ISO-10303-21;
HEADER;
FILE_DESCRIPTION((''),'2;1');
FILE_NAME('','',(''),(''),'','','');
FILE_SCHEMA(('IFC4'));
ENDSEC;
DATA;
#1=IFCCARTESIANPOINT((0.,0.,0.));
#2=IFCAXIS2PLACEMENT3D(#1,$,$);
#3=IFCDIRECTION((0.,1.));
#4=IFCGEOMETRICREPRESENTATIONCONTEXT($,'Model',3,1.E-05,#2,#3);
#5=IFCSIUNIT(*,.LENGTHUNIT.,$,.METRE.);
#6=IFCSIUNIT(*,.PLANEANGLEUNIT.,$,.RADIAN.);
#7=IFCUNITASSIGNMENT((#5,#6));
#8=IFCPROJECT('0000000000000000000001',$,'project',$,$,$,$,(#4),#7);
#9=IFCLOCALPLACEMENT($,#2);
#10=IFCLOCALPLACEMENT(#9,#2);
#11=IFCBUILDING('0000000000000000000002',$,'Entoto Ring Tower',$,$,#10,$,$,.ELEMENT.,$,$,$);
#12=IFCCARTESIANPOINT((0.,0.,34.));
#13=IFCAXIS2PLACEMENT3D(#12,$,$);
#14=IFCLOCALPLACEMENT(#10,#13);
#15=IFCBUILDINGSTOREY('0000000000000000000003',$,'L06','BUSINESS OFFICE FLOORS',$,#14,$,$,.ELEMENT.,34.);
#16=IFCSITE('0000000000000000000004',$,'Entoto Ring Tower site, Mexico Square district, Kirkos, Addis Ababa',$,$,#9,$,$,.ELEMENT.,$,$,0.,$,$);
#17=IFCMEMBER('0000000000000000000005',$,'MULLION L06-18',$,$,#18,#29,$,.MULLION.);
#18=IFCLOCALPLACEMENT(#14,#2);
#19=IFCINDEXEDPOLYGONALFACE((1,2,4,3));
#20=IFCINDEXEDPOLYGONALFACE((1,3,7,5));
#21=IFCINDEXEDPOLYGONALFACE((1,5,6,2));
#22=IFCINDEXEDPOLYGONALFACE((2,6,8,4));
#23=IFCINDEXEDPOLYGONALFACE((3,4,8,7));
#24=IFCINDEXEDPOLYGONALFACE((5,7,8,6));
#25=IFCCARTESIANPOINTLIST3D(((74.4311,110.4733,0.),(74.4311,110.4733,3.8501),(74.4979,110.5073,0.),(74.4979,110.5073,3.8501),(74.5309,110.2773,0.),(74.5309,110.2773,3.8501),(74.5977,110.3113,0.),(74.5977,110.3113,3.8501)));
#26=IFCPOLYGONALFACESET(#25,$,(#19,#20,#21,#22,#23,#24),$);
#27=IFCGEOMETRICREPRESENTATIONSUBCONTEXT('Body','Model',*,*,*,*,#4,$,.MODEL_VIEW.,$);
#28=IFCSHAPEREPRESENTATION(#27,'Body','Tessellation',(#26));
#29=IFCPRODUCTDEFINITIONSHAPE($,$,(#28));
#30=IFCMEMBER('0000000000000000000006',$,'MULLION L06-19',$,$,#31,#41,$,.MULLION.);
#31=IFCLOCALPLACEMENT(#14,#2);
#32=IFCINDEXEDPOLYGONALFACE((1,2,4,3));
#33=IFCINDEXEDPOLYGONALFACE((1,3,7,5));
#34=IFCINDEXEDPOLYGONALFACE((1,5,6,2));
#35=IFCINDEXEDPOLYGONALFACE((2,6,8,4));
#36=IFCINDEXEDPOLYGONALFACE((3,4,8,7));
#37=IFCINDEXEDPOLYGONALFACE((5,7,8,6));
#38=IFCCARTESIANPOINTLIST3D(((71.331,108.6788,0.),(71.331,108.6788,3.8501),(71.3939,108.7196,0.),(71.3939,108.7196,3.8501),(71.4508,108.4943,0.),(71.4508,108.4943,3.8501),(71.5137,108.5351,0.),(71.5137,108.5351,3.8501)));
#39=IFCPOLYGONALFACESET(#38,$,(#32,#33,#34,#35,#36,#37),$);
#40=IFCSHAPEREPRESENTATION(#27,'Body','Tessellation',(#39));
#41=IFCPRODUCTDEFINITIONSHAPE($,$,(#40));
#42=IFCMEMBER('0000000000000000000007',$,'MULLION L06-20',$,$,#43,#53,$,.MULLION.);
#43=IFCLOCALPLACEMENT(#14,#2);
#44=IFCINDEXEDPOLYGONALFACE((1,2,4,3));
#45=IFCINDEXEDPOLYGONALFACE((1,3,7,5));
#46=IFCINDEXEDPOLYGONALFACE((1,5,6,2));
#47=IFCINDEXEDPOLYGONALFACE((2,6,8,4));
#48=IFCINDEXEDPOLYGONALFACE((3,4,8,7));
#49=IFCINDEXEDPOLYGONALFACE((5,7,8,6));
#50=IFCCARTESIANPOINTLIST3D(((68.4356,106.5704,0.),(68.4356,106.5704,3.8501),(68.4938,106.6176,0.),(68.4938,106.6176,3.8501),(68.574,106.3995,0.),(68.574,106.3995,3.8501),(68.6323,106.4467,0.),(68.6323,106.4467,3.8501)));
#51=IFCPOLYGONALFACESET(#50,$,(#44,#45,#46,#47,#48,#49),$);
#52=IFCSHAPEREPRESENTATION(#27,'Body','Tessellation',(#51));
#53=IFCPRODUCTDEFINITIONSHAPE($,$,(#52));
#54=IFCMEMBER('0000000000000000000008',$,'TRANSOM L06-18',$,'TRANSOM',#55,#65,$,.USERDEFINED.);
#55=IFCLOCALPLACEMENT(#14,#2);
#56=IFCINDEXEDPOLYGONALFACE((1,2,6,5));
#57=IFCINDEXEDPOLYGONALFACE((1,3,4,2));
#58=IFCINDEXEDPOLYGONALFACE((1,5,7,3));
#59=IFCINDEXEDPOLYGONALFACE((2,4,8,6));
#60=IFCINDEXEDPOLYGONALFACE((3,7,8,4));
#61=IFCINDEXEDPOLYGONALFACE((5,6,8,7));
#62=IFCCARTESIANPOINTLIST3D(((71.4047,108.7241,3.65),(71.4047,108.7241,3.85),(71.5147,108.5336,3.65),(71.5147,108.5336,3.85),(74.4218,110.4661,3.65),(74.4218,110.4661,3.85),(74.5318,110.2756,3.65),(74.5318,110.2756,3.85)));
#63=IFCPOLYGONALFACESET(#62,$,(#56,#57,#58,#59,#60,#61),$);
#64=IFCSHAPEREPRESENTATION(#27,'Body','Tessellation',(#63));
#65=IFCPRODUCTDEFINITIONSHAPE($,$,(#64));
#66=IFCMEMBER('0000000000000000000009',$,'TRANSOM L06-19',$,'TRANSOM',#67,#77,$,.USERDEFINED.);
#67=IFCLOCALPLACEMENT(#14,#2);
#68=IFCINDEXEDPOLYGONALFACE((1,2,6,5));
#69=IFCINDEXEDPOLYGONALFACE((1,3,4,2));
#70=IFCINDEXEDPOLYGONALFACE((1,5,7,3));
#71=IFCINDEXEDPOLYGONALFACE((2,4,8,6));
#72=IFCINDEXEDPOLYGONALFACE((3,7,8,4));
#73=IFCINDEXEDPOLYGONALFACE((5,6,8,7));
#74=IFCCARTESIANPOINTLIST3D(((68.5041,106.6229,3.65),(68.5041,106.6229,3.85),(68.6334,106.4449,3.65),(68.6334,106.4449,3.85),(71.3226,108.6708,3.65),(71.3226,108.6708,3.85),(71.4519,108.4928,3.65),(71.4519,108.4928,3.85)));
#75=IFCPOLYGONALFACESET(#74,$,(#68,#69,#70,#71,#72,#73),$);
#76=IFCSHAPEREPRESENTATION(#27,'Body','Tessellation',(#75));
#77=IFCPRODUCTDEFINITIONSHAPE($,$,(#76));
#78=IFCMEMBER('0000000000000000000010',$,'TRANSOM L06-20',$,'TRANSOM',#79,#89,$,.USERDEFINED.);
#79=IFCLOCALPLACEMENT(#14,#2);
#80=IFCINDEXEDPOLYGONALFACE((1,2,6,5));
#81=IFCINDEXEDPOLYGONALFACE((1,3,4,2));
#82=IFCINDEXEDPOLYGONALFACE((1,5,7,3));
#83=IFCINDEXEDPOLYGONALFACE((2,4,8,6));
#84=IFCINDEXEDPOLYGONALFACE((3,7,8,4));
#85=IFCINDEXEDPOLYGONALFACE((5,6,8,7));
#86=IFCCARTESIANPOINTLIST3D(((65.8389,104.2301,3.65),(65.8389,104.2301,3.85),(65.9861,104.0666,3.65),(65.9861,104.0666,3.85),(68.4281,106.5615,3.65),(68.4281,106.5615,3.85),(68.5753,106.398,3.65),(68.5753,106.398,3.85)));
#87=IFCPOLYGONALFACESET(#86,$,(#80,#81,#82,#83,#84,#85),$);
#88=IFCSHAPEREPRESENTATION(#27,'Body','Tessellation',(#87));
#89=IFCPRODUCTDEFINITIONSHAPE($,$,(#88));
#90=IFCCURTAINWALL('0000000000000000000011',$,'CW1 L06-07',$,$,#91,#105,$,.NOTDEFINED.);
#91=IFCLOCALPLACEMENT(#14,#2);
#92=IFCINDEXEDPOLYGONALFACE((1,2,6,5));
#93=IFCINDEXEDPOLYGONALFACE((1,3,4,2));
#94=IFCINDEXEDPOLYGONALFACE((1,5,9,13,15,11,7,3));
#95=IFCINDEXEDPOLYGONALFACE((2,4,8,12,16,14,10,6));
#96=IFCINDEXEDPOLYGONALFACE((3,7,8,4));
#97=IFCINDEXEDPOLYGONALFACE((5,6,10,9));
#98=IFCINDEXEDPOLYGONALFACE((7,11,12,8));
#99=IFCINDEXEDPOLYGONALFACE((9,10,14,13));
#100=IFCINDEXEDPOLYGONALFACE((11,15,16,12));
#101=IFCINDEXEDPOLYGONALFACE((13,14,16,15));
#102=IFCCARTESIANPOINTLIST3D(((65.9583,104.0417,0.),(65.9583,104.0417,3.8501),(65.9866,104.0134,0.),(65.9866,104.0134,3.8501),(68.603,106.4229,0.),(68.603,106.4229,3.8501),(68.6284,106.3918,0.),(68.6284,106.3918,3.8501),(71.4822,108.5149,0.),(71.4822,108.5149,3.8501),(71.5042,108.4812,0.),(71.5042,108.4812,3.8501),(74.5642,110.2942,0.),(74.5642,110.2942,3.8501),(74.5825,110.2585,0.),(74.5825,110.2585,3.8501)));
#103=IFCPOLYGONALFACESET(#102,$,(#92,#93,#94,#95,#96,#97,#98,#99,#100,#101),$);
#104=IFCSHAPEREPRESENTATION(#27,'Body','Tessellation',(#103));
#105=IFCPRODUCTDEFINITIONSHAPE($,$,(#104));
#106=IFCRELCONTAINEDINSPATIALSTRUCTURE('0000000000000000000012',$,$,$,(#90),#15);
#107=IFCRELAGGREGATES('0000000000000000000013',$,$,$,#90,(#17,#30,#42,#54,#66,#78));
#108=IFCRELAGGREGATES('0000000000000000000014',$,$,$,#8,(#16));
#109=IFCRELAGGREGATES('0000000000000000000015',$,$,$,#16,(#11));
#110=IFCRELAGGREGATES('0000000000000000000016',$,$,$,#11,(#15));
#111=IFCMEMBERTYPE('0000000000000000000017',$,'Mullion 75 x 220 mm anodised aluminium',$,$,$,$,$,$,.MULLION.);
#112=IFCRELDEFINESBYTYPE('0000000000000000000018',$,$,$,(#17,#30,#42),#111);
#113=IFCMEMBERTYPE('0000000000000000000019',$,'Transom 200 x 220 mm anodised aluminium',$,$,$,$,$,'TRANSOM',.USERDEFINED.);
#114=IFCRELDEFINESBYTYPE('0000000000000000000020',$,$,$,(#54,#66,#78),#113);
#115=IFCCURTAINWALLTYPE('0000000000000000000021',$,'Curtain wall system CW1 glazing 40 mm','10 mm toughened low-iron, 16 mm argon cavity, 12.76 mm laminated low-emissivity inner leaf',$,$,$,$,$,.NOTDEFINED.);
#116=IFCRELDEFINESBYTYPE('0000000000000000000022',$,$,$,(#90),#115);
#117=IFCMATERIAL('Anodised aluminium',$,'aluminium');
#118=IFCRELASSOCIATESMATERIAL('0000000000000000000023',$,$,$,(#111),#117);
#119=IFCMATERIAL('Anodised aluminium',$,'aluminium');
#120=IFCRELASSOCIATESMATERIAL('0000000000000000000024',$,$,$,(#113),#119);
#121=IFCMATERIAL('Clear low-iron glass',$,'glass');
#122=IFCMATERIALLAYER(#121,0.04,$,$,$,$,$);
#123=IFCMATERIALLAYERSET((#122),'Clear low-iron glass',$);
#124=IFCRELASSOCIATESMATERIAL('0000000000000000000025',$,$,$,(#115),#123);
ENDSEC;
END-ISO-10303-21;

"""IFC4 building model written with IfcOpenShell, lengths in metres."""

from ifc_helpers import new_model, si_unit, direction, frame, origin, origin_2d, place, context, subcontext, project, spatial, polyline, rectangle, outline, extrude, material, layer, layer_set, material_profile, profile_set, type_object, element, aggregate, save


model = new_model("IFC4")

# Units and contexts
model_context = context("Model", 3, precision=1e-05, world=origin(), true_north=direction((0.0, 1.0)))
body_context = subcontext(model_context, "Body", "Model", "MODEL_VIEW")
ifc_project = project(units=[si_unit("LENGTHUNIT", "METRE"), si_unit("PLANEANGLEUNIT", "RADIAN")], contexts=[model_context])

# Members
ifc_material_1 = material(Name="Anodised aluminium", Category="aluminium")
ifc_material_profile_1 = material_profile(ifc_material_1, rectangle(XDim=0.075, YDim=0.22, at=origin_2d()), Name="Mullion 75 x 220 mm anodised aluminium")
ifc_profile_set_1 = profile_set([ifc_material_profile_1], Name="Anodised aluminium")
member_type_1 = type_object("IfcMemberType", Name="Mullion 75 x 220 mm anodised aluminium", PredefinedType="MULLION", material=ifc_profile_set_1)
site_placement = place(None, origin())
building_placement = place(site_placement, origin())
storey_placement = place(building_placement, frame((0.0, 0.0, 34.0)))
member_1_placement = place(storey_placement, frame((74.5144, 110.3923, 0.0), z_axis=(0.0, 0.0, 1.0), x_axis=(-0.891007, -0.45399, 0.0)))
member_1 = element("IfcMember", 1, at=member_1_placement, type_object=member_type_1, Name="MULLION L06-18", PredefinedType="MULLION", context=body_context, shape_type="SweptSolid", body=[
    extrude(rectangle(XDim=0.075, YDim=0.22, at=origin_2d()), origin(), (0.0, 0.0, 1.0), 3.8501),
])
member_2_placement = place(storey_placement, frame((71.4224, 108.6069, 0.0), z_axis=(0.0, 0.0, 1.0), x_axis=(-0.838671, -0.544639, 0.0)))
member_2 = element("IfcMember", 2, at=member_2_placement, type_object=member_type_1, Name="MULLION L06-19", PredefinedType="MULLION", context=body_context, shape_type="SweptSolid", body=[
    extrude(rectangle(XDim=0.075, YDim=0.22, at=origin_2d()), origin(), (0.0, 0.0, 1.0), 3.8501),
])
member_3_placement = place(storey_placement, frame((68.5339, 106.5085, 0.0), z_axis=(0.0, 0.0, 1.0), x_axis=(-0.777146, -0.62932, 0.0)))
member_3 = element("IfcMember", 3, at=member_3_placement, type_object=member_type_1, Name="MULLION L06-20", PredefinedType="MULLION", context=body_context, shape_type="SweptSolid", body=[
    extrude(rectangle(XDim=0.075, YDim=0.22, at=origin_2d()), origin(), (0.0, 0.0, 1.0), 3.8501),
])
ifc_material_2 = material(Name="Anodised aluminium", Category="aluminium")
ifc_material_profile_2 = material_profile(ifc_material_2, rectangle(XDim=0.22, YDim=0.2, at=origin_2d()), Name="Transom 200 x 220 mm anodised aluminium")
ifc_profile_set_2 = profile_set([ifc_material_profile_2], Name="Anodised aluminium")
member_type_2 = type_object("IfcMemberType", Name="Transom 200 x 220 mm anodised aluminium", ElementType="TRANSOM", PredefinedType="USERDEFINED", material=ifc_profile_set_2)
member_4_placement = place(storey_placement, frame((74.4768, 110.3708, 3.75), z_axis=(-0.866022, -0.500006, 0.0), x_axis=(0.500006, -0.866022, 0.0)))
member_4 = element("IfcMember", 4, at=member_4_placement, type_object=member_type_2, Name="TRANSOM L06-18", ObjectType="TRANSOM", PredefinedType="USERDEFINED", context=body_context, shape_type="SweptSolid", body=[
    extrude(rectangle(XDim=0.22, YDim=0.2, at=origin_2d()), origin(), (0.0, 0.0, 1.0), 3.4839),
])
member_5_placement = place(storey_placement, frame((71.3872, 108.5818, 3.75), z_axis=(-0.808991, -0.587822, 0.0), x_axis=(0.587822, -0.808991, 0.0)))
member_5 = element("IfcMember", 5, at=member_5_placement, type_object=member_type_2, Name="TRANSOM L06-19", ObjectType="TRANSOM", PredefinedType="USERDEFINED", context=body_context, shape_type="SweptSolid", body=[
    extrude(rectangle(XDim=0.22, YDim=0.2, at=origin_2d()), origin(), (0.0, 0.0, 1.0), 3.4839),
])
member_6_placement = place(storey_placement, frame((68.5017, 106.4797, 3.75), z_axis=(-0.743137, -0.669139, 0.0), x_axis=(0.669139, -0.743137, 0.0)))
member_6 = element("IfcMember", 6, at=member_6_placement, type_object=member_type_2, Name="TRANSOM L06-20", ObjectType="TRANSOM", PredefinedType="USERDEFINED", context=body_context, shape_type="SweptSolid", body=[
    extrude(rectangle(XDim=0.22, YDim=0.2, at=origin_2d()), origin(), (0.0, 0.0, 1.0), 3.4841),
])

# Site, building, storey
site = spatial("IfcSite", under=ifc_project, at=site_placement, Name="Entoto Ring Tower site, Mexico Square district, Kirkos, Addis Ababa", CompositionType="ELEMENT", RefElevation=0.0)
building = spatial("IfcBuilding", under=site, at=building_placement, Name="Entoto Ring Tower", CompositionType="ELEMENT")
storey = spatial("IfcBuildingStorey", under=building, at=storey_placement, Name="L06", Description="BUSINESS OFFICE FLOORS", CompositionType="ELEMENT", Elevation=34.0)

# Curtain wall
ifc_material_3 = material(Name="Clear low-iron glass", Category="glass")
ifc_layer = layer(ifc_material_3, 0.04)
ifc_layer_set = layer_set([ifc_layer], Name="Clear low-iron glass")
curtain_wall_type = type_object("IfcCurtainWallType", Name="Curtain wall system CW1 glazing 40 mm", Description="10 mm toughened low-iron, 16 mm argon cavity, 12.76 mm laminated low-emissivity inner leaf", PredefinedType="NOTDEFINED", material=ifc_layer_set)
curtain_wall_1_placement = place(storey_placement, origin())
curtain_wall_1 = element("IfcCurtainWall", 7, at=curtain_wall_1_placement, inside=storey, type_object=curtain_wall_type, Name="CW1 L06-07", PredefinedType="NOTDEFINED", context=body_context, shape_type="SweptSolid", body=[
    extrude(outline(polyline([(74.5642, 110.2942), (71.4822, 108.5149), (68.603, 106.4229), (65.9583, 104.0417), (65.9866, 104.0134), (68.6284, 106.3918), (71.5042, 108.4812), (74.5825, 110.2585), (74.5642, 110.2942)])), origin(), (0.0, 0.0, 1.0), 3.8501),
])
aggregate(curtain_wall_1, [member_1, member_2, member_3, member_4, member_5, member_6])

save(model, "model.ifc")
